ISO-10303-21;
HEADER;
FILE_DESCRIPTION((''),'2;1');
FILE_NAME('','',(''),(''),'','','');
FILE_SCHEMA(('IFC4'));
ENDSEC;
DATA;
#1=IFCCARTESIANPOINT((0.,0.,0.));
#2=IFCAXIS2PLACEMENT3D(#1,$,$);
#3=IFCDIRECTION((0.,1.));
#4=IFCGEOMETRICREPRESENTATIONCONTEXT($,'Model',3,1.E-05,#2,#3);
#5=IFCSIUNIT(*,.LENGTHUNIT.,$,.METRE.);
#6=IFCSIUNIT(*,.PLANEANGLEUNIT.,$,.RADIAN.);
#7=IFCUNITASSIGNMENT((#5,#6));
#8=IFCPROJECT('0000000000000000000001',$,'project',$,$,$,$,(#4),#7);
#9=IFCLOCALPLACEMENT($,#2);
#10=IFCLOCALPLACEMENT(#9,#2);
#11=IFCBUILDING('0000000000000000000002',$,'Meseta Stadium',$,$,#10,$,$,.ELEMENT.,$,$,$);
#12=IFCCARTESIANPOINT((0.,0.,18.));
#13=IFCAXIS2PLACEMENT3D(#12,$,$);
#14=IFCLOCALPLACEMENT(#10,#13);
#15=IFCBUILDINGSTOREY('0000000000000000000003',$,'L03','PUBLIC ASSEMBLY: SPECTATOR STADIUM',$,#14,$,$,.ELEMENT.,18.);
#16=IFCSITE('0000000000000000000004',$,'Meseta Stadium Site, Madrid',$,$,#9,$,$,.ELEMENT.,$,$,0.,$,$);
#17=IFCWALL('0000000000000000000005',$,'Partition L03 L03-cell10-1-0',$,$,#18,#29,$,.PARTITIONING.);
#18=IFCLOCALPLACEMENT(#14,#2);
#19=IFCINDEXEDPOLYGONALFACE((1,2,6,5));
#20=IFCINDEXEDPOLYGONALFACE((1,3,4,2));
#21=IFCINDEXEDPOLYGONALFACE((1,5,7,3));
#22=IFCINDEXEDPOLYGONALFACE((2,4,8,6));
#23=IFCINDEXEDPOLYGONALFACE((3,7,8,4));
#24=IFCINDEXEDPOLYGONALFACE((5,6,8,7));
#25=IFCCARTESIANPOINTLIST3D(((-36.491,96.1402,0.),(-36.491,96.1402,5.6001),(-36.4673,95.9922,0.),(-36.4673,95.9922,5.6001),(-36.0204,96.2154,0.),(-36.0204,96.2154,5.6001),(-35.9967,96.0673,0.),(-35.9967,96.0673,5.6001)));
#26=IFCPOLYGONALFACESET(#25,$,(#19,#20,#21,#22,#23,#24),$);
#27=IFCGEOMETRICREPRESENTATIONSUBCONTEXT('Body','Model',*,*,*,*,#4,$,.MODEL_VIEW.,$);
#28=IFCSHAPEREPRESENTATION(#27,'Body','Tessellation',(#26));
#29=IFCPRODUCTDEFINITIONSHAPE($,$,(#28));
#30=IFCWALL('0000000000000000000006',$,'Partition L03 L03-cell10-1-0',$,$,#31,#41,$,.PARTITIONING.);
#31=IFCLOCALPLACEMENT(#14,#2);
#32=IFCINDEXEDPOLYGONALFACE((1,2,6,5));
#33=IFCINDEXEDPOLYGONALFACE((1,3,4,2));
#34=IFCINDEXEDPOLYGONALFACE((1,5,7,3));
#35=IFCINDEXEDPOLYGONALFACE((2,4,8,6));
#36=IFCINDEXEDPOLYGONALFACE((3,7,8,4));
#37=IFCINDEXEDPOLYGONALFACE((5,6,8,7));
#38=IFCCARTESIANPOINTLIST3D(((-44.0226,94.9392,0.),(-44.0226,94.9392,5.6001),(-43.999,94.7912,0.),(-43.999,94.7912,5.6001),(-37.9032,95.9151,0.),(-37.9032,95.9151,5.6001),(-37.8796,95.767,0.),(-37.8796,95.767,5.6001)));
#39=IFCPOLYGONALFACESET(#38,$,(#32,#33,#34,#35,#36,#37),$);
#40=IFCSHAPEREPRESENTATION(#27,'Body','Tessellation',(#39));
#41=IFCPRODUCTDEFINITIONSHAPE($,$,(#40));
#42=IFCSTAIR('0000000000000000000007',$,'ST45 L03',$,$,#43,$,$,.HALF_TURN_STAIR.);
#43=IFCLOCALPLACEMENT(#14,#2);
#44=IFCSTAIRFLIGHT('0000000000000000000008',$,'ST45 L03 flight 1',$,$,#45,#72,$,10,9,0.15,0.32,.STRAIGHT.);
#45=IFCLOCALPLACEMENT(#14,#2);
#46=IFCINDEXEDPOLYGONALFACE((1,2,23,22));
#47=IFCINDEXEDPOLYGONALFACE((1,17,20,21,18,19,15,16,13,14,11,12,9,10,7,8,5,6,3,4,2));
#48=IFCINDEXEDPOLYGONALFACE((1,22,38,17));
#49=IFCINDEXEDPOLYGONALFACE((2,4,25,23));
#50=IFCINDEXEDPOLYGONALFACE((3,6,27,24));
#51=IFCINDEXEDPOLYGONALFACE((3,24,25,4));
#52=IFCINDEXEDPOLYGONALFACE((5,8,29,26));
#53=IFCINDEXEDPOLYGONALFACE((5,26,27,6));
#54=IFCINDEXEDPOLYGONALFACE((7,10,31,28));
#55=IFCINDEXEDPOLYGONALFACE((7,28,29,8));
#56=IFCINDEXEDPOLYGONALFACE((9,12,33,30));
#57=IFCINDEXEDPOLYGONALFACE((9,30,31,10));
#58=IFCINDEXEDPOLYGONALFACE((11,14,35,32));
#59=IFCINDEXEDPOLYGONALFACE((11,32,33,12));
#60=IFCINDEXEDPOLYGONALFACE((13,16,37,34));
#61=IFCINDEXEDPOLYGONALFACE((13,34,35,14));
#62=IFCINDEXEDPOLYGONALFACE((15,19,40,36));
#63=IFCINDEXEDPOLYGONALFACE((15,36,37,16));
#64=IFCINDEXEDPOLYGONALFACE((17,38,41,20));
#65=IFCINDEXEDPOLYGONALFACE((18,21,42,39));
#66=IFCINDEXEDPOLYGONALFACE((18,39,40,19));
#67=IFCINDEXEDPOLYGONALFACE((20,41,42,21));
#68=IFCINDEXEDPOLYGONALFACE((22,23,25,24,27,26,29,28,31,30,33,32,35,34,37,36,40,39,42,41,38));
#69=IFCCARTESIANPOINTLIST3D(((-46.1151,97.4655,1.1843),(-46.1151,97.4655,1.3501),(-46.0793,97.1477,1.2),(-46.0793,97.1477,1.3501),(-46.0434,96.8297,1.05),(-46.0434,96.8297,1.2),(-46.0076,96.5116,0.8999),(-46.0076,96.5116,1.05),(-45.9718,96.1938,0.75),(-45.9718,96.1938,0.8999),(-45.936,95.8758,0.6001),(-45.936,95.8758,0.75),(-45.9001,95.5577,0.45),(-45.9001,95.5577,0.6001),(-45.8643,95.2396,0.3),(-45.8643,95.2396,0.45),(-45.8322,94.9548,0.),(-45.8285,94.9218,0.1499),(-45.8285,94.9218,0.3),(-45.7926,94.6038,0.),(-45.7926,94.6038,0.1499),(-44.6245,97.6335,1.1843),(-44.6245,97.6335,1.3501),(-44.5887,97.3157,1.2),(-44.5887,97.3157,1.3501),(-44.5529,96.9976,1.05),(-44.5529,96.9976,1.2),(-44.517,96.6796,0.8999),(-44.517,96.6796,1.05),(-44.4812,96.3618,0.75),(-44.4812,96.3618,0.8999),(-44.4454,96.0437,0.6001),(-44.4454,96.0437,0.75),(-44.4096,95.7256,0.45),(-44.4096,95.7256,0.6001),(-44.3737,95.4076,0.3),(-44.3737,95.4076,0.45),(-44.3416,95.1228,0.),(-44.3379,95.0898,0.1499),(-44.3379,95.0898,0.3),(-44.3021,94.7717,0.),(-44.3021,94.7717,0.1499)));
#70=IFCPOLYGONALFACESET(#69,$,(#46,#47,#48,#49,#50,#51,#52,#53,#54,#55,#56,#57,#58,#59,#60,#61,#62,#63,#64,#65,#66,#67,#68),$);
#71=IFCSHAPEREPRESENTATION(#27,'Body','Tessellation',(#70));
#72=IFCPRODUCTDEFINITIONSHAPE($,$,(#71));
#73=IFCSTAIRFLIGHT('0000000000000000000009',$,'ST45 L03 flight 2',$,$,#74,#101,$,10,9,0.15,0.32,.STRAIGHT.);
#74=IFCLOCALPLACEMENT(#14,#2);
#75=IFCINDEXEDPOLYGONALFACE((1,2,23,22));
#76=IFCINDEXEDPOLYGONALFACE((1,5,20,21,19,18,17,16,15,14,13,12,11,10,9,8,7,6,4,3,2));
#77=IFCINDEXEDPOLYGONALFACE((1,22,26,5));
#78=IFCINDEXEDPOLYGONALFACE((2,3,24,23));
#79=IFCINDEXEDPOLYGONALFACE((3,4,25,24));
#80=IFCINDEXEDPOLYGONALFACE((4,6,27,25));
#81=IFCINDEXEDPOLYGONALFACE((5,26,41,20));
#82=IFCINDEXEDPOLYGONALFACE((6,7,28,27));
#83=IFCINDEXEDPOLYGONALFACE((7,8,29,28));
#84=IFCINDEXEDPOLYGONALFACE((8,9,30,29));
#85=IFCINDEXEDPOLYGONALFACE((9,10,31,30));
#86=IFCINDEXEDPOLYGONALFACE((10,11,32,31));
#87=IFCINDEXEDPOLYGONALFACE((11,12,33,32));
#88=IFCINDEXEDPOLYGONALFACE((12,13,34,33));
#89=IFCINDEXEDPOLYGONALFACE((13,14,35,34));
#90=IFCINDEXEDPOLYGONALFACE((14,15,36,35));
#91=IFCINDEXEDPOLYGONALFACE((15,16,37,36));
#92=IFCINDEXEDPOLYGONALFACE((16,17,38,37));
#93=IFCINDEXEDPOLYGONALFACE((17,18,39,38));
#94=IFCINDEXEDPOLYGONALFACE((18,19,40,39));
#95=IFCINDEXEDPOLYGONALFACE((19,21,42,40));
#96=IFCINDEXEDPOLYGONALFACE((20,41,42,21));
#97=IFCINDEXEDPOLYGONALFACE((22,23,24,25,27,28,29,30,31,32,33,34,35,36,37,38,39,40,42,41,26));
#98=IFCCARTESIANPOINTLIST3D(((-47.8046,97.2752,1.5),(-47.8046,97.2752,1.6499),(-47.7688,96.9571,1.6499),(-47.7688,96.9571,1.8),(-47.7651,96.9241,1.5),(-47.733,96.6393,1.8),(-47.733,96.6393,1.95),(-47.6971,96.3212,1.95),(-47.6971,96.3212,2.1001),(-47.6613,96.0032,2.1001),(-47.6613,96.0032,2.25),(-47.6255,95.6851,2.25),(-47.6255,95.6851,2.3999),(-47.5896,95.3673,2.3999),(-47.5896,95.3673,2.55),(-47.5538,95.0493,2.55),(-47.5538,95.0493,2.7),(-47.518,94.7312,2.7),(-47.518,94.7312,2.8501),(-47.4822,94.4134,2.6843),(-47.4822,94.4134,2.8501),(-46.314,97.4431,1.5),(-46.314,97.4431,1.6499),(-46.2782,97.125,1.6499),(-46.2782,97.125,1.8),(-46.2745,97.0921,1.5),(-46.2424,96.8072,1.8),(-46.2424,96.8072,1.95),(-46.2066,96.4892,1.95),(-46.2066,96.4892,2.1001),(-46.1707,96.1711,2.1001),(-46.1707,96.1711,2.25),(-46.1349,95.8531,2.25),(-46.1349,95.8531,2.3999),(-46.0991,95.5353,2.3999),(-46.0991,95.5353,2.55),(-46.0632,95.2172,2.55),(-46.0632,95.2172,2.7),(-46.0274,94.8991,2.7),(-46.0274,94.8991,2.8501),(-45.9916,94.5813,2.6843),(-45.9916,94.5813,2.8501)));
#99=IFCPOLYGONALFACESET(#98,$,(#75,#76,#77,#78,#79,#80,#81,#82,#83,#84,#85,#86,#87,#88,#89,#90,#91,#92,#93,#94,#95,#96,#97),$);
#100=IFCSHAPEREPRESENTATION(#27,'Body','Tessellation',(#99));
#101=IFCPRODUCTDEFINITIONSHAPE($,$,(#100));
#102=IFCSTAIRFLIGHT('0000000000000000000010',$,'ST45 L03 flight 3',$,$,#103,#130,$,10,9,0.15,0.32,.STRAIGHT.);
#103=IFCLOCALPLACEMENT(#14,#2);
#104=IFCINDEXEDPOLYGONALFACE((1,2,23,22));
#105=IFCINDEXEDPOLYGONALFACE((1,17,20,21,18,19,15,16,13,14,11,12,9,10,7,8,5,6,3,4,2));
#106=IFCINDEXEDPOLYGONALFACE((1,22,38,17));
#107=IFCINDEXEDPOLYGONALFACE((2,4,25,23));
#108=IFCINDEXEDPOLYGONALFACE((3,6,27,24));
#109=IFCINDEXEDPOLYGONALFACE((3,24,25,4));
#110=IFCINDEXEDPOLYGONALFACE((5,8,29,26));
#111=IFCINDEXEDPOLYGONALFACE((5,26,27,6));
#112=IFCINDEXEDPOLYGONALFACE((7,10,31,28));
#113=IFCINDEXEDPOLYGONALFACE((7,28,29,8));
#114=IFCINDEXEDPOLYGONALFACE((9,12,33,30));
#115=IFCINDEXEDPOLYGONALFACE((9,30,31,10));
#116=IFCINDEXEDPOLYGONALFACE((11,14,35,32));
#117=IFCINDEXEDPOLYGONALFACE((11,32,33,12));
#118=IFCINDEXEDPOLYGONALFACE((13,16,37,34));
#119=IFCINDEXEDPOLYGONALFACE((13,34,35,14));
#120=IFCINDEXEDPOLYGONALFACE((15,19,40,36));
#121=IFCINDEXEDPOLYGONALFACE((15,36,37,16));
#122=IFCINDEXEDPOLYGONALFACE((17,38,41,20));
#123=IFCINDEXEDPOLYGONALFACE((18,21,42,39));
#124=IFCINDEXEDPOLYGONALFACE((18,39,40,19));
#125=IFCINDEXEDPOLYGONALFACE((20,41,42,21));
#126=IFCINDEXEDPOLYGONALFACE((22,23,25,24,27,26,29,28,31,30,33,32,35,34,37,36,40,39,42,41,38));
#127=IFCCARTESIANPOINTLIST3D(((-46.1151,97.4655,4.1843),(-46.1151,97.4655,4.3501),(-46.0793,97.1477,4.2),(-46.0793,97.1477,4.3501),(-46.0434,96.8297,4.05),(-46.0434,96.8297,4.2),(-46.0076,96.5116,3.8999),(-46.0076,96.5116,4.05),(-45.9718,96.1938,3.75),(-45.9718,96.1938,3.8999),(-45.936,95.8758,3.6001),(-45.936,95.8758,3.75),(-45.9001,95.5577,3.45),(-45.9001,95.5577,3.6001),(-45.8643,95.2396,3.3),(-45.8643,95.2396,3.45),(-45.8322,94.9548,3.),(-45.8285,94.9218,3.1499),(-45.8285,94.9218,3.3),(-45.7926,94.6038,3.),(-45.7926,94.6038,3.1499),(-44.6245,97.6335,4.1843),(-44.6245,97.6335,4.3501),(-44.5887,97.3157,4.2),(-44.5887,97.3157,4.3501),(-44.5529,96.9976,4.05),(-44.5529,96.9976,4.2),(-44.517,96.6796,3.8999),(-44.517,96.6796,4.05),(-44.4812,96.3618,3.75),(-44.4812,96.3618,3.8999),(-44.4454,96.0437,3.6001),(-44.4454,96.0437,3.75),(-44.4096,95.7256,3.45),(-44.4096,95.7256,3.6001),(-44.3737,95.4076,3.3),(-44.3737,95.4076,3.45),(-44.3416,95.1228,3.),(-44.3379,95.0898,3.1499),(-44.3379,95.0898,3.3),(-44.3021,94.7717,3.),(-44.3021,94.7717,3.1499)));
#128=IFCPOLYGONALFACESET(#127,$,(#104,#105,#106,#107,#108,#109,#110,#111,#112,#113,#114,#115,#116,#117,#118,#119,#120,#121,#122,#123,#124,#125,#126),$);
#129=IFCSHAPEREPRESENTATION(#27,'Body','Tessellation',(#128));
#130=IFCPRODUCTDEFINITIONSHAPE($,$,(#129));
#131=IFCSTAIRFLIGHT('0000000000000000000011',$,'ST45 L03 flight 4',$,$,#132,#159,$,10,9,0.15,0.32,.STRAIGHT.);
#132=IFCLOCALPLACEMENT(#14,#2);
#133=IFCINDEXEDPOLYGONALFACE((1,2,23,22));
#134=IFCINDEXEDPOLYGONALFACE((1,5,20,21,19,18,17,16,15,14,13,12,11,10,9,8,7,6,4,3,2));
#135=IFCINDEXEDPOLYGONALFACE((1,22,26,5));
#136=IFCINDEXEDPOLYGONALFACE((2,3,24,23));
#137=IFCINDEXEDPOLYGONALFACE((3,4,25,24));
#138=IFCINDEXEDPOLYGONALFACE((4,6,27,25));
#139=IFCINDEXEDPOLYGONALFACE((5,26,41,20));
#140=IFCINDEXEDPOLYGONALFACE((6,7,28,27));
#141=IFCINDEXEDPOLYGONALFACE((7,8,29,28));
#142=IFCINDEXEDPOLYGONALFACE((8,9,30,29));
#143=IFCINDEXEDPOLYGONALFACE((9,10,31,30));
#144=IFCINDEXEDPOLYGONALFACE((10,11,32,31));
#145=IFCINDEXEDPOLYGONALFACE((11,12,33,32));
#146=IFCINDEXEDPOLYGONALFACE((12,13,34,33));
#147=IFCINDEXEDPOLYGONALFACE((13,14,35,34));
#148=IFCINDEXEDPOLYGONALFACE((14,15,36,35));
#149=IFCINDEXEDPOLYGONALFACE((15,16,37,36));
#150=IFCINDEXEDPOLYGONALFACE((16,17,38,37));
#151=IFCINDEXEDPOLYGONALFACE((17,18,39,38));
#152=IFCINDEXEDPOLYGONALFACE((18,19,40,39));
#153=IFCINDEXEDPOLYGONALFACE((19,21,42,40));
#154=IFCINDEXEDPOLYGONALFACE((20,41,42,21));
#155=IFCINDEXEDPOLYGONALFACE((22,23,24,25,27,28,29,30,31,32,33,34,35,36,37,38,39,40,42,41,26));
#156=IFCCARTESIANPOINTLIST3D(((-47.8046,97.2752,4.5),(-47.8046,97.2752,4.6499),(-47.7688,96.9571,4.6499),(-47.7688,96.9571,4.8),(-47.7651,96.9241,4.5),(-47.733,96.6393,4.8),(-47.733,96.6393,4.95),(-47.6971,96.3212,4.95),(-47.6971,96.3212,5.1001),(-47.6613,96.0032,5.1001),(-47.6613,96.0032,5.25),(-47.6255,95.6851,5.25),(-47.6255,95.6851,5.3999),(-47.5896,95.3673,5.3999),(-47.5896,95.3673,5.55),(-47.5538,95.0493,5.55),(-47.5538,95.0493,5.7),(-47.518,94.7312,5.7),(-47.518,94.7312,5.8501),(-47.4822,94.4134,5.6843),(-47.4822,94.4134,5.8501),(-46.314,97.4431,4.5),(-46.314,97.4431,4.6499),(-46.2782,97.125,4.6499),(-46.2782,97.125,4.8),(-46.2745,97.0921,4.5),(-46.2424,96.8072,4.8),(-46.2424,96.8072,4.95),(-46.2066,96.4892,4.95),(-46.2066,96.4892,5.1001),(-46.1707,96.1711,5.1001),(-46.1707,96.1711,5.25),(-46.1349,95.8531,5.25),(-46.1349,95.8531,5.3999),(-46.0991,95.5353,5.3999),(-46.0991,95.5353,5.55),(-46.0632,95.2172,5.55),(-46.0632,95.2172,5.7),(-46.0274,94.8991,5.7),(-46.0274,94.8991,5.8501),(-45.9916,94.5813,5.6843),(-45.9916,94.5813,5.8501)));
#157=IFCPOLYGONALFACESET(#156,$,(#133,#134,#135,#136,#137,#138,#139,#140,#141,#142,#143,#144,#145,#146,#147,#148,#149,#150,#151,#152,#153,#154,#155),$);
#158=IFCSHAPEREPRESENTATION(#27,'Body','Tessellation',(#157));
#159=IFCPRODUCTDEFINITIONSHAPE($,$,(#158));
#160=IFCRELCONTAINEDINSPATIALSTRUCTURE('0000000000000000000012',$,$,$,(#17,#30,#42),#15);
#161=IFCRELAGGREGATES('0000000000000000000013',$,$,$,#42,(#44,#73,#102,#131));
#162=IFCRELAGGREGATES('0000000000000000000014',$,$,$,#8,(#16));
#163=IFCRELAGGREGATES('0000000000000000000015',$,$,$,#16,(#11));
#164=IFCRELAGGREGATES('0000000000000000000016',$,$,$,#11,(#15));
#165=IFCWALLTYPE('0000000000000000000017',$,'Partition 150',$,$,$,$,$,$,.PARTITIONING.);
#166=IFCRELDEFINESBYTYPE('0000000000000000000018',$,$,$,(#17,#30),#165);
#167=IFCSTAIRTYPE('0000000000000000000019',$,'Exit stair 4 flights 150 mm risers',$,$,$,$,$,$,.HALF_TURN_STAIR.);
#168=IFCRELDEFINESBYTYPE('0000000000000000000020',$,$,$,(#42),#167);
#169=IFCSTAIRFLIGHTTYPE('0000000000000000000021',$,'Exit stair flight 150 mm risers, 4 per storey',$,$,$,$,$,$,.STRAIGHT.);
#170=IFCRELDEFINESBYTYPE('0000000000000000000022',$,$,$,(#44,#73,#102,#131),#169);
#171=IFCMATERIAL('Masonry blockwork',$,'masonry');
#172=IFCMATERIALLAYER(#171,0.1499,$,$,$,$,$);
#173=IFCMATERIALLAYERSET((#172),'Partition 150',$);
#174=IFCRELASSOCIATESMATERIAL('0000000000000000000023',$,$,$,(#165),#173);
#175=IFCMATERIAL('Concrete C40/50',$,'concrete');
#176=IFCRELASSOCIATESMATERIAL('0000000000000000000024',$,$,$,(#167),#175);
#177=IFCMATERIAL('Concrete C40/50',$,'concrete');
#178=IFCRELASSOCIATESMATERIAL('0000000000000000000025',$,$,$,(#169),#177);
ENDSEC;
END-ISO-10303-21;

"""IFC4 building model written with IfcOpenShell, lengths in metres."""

from ifc_helpers import new_model, si_unit, direction, frame, frame_2d, origin, place, context, subcontext, project, spatial, polyline, rectangle, outline, extrude, material, layer, layer_set, type_object, element, aggregate, save


model = new_model("IFC4")

# Units and contexts
model_context = context("Model", 3, precision=1e-05, world=origin(), true_north=direction((0.0, 1.0)))
body_context = subcontext(model_context, "Body", "Model", "MODEL_VIEW")
ifc_project = project(units=[si_unit("LENGTHUNIT", "METRE"), si_unit("PLANEANGLEUNIT", "RADIAN")], contexts=[model_context])

# Site, building, storey
site_placement = place(None, origin())
site = spatial("IfcSite", under=ifc_project, at=site_placement, Name="Meseta Stadium Site, Madrid", CompositionType="ELEMENT", RefElevation=0.0)
building_placement = place(site_placement, origin())
building = spatial("IfcBuilding", under=site, at=building_placement, Name="Meseta Stadium", CompositionType="ELEMENT")
storey_placement = place(building_placement, frame((0.0, 0.0, 18.0)))
storey = spatial("IfcBuildingStorey", under=building, at=storey_placement, Name="L03", Description="PUBLIC ASSEMBLY: SPECTATOR STADIUM", CompositionType="ELEMENT", Elevation=18.0)

# Walls
ifc_material_1 = material(Name="Masonry blockwork", Category="masonry")
ifc_layer = layer(ifc_material_1, 0.1499)
ifc_layer_set = layer_set([ifc_layer], Name="Partition 150")
wall_type = type_object("IfcWallType", Name="Partition 150", PredefinedType="PARTITIONING", material=ifc_layer_set)
wall_1_placement = place(storey_placement, frame((-36.0085, 96.1414, 0.0), z_axis=(0.0, 0.0, 1.0), x_axis=(-0.987479, -0.157751, 0.0)))
element("IfcWall", 1, at=wall_1_placement, inside=storey, type_object=wall_type, Name="Partition L03 L03-cell10-1-0", PredefinedType="PARTITIONING", context=body_context, shape_type="SweptSolid", body=[
    extrude(rectangle(XDim=0.4766, YDim=0.1499, at=frame_2d((0.2383, 0.0))), origin(), (0.0, 0.0, 1.0), 5.6001),
])
wall_2_placement = place(storey_placement, frame((-37.8914, 95.8411, 0.0), z_axis=(0.0, 0.0, 1.0), x_axis=(-0.987523, -0.157476, 0.0)))
element("IfcWall", 2, at=wall_2_placement, inside=storey, type_object=wall_type, Name="Partition L03 L03-cell10-1-0", PredefinedType="PARTITIONING", context=body_context, shape_type="SweptSolid", body=[
    extrude(rectangle(XDim=6.1968, YDim=0.1499, at=frame_2d((3.0984, 0.0))), origin(), (0.0, 0.0, 1.0), 5.6001),
])

# Stair, stair flights
ifc_material_2 = material(Name="Concrete C40/50", Category="concrete")
stair_type = type_object("IfcStairType", Name="Exit stair 4 flights 150 mm risers", PredefinedType="HALF_TURN_STAIR", material=ifc_material_2)
stair_1_placement = place(storey_placement, origin())
stair_1 = element("IfcStair", 3, at=stair_1_placement, inside=storey, type_object=stair_type, Name="ST45 L03", PredefinedType="HALF_TURN_STAIR")
ifc_material_3 = material(Name="Concrete C40/50", Category="concrete")
stair_flight_type = type_object("IfcStairFlightType", Name="Exit stair flight 150 mm risers, 4 per storey", PredefinedType="STRAIGHT", material=ifc_material_3)
stair_flight_1_placement = place(storey_placement, frame((-45.0474, 94.6877, 0.0), z_axis=(0.0, 0.0, 1.0), x_axis=(-0.111964, 0.993712, 0.0)))
stair_flight_1 = element("IfcStairFlight", 4, at=stair_flight_1_placement, type_object=stair_flight_type, Name="ST45 L03 flight 1", NumberOfRisers=10, NumberOfTreads=9, PredefinedType="STRAIGHT", RiserHeight=0.15, TreadLength=0.32, context=body_context, shape_type="SweptSolid", body=[
    extrude(outline(polyline([(0.0, 0.0), (0.0, 0.1499), (0.3201, 0.1499), (0.3201, 0.3), (0.6399, 0.3), (0.6399, 0.45), (0.96, 0.45), (0.96, 0.6001), (1.28, 0.6001), (1.28, 0.75), (1.6001, 0.75), (1.6001, 0.8999), (1.9199, 0.8999), (1.9199, 1.05), (2.24, 1.05), (2.24, 1.2), (2.5601, 1.2), (2.5601, 1.3501), (2.8799, 1.3501), (2.8799, 1.1843), (0.3533, 0.0), (0.0, 0.0)])), frame((0.0, 0.75, 0.0), z_axis=(0.0, -1.0, 0.0), x_axis=(1.0, 0.0, 0.0)), (0.0, 0.0, 1.0), 1.5),
])
stair_flight_2_placement = place(storey_placement, frame((-47.0593, 97.3591, 1.5), z_axis=(0.0, 0.0, 1.0), x_axis=(0.111964, -0.993712, 0.0)))
stair_flight_2 = element("IfcStairFlight", 5, at=stair_flight_2_placement, type_object=stair_flight_type, Name="ST45 L03 flight 2", NumberOfRisers=10, NumberOfTreads=9, PredefinedType="STRAIGHT", RiserHeight=0.15, TreadLength=0.32, context=body_context, shape_type="SweptSolid", body=[
    extrude(outline(polyline([(0.0, 0.0), (0.0, 0.1499), (0.3201, 0.1499), (0.3201, 0.3), (0.6399, 0.3), (0.6399, 0.45), (0.96, 0.45), (0.96, 0.6001), (1.28, 0.6001), (1.28, 0.75), (1.6001, 0.75), (1.6001, 0.8999), (1.9199, 0.8999), (1.9199, 1.05), (2.24, 1.05), (2.24, 1.2), (2.5601, 1.2), (2.5601, 1.3501), (2.8799, 1.3501), (2.8799, 1.1843), (0.3533, 0.0), (0.0, 0.0)])), frame((0.0, 0.75, 0.0), z_axis=(0.0, -1.0, 0.0), x_axis=(1.0, 0.0, 0.0)), (0.0, 0.0, 1.0), 1.5),
])
stair_flight_3_placement = place(storey_placement, frame((-45.0474, 94.6877, 3.0), z_axis=(0.0, 0.0, 1.0), x_axis=(-0.111964, 0.993712, 0.0)))
stair_flight_3 = element("IfcStairFlight", 6, at=stair_flight_3_placement, type_object=stair_flight_type, Name="ST45 L03 flight 3", NumberOfRisers=10, NumberOfTreads=9, PredefinedType="STRAIGHT", RiserHeight=0.15, TreadLength=0.32, context=body_context, shape_type="SweptSolid", body=[
    extrude(outline(polyline([(0.0, 0.0), (0.0, 0.1499), (0.3201, 0.1499), (0.3201, 0.3), (0.6399, 0.3), (0.6399, 0.45), (0.96, 0.45), (0.96, 0.6001), (1.28, 0.6001), (1.28, 0.75), (1.6001, 0.75), (1.6001, 0.8999), (1.9199, 0.8999), (1.9199, 1.05), (2.24, 1.05), (2.24, 1.2), (2.5601, 1.2), (2.5601, 1.3501), (2.8799, 1.3501), (2.8799, 1.1843), (0.3533, 0.0), (0.0, 0.0)])), frame((0.0, 0.75, 0.0), z_axis=(0.0, -1.0, 0.0), x_axis=(1.0, 0.0, 0.0)), (0.0, 0.0, 1.0), 1.5),
])
stair_flight_4_placement = place(storey_placement, frame((-47.0593, 97.3591, 4.5), z_axis=(0.0, 0.0, 1.0), x_axis=(0.111964, -0.993712, 0.0)))
stair_flight_4 = element("IfcStairFlight", 7, at=stair_flight_4_placement, type_object=stair_flight_type, Name="ST45 L03 flight 4", NumberOfRisers=10, NumberOfTreads=9, PredefinedType="STRAIGHT", RiserHeight=0.15, TreadLength=0.32, context=body_context, shape_type="SweptSolid", body=[
    extrude(outline(polyline([(0.0, 0.0), (0.0, 0.1499), (0.3201, 0.1499), (0.3201, 0.3), (0.6399, 0.3), (0.6399, 0.45), (0.96, 0.45), (0.96, 0.6001), (1.28, 0.6001), (1.28, 0.75), (1.6001, 0.75), (1.6001, 0.8999), (1.9199, 0.8999), (1.9199, 1.05), (2.24, 1.05), (2.24, 1.2), (2.5601, 1.2), (2.5601, 1.3501), (2.8799, 1.3501), (2.8799, 1.1843), (0.3533, 0.0), (0.0, 0.0)])), frame((0.0, 0.75, 0.0), z_axis=(0.0, -1.0, 0.0), x_axis=(1.0, 0.0, 0.0)), (0.0, 0.0, 1.0), 1.5),
])
aggregate(stair_1, [stair_flight_1, stair_flight_2, stair_flight_3, stair_flight_4])

save(model, "model.ifc")
